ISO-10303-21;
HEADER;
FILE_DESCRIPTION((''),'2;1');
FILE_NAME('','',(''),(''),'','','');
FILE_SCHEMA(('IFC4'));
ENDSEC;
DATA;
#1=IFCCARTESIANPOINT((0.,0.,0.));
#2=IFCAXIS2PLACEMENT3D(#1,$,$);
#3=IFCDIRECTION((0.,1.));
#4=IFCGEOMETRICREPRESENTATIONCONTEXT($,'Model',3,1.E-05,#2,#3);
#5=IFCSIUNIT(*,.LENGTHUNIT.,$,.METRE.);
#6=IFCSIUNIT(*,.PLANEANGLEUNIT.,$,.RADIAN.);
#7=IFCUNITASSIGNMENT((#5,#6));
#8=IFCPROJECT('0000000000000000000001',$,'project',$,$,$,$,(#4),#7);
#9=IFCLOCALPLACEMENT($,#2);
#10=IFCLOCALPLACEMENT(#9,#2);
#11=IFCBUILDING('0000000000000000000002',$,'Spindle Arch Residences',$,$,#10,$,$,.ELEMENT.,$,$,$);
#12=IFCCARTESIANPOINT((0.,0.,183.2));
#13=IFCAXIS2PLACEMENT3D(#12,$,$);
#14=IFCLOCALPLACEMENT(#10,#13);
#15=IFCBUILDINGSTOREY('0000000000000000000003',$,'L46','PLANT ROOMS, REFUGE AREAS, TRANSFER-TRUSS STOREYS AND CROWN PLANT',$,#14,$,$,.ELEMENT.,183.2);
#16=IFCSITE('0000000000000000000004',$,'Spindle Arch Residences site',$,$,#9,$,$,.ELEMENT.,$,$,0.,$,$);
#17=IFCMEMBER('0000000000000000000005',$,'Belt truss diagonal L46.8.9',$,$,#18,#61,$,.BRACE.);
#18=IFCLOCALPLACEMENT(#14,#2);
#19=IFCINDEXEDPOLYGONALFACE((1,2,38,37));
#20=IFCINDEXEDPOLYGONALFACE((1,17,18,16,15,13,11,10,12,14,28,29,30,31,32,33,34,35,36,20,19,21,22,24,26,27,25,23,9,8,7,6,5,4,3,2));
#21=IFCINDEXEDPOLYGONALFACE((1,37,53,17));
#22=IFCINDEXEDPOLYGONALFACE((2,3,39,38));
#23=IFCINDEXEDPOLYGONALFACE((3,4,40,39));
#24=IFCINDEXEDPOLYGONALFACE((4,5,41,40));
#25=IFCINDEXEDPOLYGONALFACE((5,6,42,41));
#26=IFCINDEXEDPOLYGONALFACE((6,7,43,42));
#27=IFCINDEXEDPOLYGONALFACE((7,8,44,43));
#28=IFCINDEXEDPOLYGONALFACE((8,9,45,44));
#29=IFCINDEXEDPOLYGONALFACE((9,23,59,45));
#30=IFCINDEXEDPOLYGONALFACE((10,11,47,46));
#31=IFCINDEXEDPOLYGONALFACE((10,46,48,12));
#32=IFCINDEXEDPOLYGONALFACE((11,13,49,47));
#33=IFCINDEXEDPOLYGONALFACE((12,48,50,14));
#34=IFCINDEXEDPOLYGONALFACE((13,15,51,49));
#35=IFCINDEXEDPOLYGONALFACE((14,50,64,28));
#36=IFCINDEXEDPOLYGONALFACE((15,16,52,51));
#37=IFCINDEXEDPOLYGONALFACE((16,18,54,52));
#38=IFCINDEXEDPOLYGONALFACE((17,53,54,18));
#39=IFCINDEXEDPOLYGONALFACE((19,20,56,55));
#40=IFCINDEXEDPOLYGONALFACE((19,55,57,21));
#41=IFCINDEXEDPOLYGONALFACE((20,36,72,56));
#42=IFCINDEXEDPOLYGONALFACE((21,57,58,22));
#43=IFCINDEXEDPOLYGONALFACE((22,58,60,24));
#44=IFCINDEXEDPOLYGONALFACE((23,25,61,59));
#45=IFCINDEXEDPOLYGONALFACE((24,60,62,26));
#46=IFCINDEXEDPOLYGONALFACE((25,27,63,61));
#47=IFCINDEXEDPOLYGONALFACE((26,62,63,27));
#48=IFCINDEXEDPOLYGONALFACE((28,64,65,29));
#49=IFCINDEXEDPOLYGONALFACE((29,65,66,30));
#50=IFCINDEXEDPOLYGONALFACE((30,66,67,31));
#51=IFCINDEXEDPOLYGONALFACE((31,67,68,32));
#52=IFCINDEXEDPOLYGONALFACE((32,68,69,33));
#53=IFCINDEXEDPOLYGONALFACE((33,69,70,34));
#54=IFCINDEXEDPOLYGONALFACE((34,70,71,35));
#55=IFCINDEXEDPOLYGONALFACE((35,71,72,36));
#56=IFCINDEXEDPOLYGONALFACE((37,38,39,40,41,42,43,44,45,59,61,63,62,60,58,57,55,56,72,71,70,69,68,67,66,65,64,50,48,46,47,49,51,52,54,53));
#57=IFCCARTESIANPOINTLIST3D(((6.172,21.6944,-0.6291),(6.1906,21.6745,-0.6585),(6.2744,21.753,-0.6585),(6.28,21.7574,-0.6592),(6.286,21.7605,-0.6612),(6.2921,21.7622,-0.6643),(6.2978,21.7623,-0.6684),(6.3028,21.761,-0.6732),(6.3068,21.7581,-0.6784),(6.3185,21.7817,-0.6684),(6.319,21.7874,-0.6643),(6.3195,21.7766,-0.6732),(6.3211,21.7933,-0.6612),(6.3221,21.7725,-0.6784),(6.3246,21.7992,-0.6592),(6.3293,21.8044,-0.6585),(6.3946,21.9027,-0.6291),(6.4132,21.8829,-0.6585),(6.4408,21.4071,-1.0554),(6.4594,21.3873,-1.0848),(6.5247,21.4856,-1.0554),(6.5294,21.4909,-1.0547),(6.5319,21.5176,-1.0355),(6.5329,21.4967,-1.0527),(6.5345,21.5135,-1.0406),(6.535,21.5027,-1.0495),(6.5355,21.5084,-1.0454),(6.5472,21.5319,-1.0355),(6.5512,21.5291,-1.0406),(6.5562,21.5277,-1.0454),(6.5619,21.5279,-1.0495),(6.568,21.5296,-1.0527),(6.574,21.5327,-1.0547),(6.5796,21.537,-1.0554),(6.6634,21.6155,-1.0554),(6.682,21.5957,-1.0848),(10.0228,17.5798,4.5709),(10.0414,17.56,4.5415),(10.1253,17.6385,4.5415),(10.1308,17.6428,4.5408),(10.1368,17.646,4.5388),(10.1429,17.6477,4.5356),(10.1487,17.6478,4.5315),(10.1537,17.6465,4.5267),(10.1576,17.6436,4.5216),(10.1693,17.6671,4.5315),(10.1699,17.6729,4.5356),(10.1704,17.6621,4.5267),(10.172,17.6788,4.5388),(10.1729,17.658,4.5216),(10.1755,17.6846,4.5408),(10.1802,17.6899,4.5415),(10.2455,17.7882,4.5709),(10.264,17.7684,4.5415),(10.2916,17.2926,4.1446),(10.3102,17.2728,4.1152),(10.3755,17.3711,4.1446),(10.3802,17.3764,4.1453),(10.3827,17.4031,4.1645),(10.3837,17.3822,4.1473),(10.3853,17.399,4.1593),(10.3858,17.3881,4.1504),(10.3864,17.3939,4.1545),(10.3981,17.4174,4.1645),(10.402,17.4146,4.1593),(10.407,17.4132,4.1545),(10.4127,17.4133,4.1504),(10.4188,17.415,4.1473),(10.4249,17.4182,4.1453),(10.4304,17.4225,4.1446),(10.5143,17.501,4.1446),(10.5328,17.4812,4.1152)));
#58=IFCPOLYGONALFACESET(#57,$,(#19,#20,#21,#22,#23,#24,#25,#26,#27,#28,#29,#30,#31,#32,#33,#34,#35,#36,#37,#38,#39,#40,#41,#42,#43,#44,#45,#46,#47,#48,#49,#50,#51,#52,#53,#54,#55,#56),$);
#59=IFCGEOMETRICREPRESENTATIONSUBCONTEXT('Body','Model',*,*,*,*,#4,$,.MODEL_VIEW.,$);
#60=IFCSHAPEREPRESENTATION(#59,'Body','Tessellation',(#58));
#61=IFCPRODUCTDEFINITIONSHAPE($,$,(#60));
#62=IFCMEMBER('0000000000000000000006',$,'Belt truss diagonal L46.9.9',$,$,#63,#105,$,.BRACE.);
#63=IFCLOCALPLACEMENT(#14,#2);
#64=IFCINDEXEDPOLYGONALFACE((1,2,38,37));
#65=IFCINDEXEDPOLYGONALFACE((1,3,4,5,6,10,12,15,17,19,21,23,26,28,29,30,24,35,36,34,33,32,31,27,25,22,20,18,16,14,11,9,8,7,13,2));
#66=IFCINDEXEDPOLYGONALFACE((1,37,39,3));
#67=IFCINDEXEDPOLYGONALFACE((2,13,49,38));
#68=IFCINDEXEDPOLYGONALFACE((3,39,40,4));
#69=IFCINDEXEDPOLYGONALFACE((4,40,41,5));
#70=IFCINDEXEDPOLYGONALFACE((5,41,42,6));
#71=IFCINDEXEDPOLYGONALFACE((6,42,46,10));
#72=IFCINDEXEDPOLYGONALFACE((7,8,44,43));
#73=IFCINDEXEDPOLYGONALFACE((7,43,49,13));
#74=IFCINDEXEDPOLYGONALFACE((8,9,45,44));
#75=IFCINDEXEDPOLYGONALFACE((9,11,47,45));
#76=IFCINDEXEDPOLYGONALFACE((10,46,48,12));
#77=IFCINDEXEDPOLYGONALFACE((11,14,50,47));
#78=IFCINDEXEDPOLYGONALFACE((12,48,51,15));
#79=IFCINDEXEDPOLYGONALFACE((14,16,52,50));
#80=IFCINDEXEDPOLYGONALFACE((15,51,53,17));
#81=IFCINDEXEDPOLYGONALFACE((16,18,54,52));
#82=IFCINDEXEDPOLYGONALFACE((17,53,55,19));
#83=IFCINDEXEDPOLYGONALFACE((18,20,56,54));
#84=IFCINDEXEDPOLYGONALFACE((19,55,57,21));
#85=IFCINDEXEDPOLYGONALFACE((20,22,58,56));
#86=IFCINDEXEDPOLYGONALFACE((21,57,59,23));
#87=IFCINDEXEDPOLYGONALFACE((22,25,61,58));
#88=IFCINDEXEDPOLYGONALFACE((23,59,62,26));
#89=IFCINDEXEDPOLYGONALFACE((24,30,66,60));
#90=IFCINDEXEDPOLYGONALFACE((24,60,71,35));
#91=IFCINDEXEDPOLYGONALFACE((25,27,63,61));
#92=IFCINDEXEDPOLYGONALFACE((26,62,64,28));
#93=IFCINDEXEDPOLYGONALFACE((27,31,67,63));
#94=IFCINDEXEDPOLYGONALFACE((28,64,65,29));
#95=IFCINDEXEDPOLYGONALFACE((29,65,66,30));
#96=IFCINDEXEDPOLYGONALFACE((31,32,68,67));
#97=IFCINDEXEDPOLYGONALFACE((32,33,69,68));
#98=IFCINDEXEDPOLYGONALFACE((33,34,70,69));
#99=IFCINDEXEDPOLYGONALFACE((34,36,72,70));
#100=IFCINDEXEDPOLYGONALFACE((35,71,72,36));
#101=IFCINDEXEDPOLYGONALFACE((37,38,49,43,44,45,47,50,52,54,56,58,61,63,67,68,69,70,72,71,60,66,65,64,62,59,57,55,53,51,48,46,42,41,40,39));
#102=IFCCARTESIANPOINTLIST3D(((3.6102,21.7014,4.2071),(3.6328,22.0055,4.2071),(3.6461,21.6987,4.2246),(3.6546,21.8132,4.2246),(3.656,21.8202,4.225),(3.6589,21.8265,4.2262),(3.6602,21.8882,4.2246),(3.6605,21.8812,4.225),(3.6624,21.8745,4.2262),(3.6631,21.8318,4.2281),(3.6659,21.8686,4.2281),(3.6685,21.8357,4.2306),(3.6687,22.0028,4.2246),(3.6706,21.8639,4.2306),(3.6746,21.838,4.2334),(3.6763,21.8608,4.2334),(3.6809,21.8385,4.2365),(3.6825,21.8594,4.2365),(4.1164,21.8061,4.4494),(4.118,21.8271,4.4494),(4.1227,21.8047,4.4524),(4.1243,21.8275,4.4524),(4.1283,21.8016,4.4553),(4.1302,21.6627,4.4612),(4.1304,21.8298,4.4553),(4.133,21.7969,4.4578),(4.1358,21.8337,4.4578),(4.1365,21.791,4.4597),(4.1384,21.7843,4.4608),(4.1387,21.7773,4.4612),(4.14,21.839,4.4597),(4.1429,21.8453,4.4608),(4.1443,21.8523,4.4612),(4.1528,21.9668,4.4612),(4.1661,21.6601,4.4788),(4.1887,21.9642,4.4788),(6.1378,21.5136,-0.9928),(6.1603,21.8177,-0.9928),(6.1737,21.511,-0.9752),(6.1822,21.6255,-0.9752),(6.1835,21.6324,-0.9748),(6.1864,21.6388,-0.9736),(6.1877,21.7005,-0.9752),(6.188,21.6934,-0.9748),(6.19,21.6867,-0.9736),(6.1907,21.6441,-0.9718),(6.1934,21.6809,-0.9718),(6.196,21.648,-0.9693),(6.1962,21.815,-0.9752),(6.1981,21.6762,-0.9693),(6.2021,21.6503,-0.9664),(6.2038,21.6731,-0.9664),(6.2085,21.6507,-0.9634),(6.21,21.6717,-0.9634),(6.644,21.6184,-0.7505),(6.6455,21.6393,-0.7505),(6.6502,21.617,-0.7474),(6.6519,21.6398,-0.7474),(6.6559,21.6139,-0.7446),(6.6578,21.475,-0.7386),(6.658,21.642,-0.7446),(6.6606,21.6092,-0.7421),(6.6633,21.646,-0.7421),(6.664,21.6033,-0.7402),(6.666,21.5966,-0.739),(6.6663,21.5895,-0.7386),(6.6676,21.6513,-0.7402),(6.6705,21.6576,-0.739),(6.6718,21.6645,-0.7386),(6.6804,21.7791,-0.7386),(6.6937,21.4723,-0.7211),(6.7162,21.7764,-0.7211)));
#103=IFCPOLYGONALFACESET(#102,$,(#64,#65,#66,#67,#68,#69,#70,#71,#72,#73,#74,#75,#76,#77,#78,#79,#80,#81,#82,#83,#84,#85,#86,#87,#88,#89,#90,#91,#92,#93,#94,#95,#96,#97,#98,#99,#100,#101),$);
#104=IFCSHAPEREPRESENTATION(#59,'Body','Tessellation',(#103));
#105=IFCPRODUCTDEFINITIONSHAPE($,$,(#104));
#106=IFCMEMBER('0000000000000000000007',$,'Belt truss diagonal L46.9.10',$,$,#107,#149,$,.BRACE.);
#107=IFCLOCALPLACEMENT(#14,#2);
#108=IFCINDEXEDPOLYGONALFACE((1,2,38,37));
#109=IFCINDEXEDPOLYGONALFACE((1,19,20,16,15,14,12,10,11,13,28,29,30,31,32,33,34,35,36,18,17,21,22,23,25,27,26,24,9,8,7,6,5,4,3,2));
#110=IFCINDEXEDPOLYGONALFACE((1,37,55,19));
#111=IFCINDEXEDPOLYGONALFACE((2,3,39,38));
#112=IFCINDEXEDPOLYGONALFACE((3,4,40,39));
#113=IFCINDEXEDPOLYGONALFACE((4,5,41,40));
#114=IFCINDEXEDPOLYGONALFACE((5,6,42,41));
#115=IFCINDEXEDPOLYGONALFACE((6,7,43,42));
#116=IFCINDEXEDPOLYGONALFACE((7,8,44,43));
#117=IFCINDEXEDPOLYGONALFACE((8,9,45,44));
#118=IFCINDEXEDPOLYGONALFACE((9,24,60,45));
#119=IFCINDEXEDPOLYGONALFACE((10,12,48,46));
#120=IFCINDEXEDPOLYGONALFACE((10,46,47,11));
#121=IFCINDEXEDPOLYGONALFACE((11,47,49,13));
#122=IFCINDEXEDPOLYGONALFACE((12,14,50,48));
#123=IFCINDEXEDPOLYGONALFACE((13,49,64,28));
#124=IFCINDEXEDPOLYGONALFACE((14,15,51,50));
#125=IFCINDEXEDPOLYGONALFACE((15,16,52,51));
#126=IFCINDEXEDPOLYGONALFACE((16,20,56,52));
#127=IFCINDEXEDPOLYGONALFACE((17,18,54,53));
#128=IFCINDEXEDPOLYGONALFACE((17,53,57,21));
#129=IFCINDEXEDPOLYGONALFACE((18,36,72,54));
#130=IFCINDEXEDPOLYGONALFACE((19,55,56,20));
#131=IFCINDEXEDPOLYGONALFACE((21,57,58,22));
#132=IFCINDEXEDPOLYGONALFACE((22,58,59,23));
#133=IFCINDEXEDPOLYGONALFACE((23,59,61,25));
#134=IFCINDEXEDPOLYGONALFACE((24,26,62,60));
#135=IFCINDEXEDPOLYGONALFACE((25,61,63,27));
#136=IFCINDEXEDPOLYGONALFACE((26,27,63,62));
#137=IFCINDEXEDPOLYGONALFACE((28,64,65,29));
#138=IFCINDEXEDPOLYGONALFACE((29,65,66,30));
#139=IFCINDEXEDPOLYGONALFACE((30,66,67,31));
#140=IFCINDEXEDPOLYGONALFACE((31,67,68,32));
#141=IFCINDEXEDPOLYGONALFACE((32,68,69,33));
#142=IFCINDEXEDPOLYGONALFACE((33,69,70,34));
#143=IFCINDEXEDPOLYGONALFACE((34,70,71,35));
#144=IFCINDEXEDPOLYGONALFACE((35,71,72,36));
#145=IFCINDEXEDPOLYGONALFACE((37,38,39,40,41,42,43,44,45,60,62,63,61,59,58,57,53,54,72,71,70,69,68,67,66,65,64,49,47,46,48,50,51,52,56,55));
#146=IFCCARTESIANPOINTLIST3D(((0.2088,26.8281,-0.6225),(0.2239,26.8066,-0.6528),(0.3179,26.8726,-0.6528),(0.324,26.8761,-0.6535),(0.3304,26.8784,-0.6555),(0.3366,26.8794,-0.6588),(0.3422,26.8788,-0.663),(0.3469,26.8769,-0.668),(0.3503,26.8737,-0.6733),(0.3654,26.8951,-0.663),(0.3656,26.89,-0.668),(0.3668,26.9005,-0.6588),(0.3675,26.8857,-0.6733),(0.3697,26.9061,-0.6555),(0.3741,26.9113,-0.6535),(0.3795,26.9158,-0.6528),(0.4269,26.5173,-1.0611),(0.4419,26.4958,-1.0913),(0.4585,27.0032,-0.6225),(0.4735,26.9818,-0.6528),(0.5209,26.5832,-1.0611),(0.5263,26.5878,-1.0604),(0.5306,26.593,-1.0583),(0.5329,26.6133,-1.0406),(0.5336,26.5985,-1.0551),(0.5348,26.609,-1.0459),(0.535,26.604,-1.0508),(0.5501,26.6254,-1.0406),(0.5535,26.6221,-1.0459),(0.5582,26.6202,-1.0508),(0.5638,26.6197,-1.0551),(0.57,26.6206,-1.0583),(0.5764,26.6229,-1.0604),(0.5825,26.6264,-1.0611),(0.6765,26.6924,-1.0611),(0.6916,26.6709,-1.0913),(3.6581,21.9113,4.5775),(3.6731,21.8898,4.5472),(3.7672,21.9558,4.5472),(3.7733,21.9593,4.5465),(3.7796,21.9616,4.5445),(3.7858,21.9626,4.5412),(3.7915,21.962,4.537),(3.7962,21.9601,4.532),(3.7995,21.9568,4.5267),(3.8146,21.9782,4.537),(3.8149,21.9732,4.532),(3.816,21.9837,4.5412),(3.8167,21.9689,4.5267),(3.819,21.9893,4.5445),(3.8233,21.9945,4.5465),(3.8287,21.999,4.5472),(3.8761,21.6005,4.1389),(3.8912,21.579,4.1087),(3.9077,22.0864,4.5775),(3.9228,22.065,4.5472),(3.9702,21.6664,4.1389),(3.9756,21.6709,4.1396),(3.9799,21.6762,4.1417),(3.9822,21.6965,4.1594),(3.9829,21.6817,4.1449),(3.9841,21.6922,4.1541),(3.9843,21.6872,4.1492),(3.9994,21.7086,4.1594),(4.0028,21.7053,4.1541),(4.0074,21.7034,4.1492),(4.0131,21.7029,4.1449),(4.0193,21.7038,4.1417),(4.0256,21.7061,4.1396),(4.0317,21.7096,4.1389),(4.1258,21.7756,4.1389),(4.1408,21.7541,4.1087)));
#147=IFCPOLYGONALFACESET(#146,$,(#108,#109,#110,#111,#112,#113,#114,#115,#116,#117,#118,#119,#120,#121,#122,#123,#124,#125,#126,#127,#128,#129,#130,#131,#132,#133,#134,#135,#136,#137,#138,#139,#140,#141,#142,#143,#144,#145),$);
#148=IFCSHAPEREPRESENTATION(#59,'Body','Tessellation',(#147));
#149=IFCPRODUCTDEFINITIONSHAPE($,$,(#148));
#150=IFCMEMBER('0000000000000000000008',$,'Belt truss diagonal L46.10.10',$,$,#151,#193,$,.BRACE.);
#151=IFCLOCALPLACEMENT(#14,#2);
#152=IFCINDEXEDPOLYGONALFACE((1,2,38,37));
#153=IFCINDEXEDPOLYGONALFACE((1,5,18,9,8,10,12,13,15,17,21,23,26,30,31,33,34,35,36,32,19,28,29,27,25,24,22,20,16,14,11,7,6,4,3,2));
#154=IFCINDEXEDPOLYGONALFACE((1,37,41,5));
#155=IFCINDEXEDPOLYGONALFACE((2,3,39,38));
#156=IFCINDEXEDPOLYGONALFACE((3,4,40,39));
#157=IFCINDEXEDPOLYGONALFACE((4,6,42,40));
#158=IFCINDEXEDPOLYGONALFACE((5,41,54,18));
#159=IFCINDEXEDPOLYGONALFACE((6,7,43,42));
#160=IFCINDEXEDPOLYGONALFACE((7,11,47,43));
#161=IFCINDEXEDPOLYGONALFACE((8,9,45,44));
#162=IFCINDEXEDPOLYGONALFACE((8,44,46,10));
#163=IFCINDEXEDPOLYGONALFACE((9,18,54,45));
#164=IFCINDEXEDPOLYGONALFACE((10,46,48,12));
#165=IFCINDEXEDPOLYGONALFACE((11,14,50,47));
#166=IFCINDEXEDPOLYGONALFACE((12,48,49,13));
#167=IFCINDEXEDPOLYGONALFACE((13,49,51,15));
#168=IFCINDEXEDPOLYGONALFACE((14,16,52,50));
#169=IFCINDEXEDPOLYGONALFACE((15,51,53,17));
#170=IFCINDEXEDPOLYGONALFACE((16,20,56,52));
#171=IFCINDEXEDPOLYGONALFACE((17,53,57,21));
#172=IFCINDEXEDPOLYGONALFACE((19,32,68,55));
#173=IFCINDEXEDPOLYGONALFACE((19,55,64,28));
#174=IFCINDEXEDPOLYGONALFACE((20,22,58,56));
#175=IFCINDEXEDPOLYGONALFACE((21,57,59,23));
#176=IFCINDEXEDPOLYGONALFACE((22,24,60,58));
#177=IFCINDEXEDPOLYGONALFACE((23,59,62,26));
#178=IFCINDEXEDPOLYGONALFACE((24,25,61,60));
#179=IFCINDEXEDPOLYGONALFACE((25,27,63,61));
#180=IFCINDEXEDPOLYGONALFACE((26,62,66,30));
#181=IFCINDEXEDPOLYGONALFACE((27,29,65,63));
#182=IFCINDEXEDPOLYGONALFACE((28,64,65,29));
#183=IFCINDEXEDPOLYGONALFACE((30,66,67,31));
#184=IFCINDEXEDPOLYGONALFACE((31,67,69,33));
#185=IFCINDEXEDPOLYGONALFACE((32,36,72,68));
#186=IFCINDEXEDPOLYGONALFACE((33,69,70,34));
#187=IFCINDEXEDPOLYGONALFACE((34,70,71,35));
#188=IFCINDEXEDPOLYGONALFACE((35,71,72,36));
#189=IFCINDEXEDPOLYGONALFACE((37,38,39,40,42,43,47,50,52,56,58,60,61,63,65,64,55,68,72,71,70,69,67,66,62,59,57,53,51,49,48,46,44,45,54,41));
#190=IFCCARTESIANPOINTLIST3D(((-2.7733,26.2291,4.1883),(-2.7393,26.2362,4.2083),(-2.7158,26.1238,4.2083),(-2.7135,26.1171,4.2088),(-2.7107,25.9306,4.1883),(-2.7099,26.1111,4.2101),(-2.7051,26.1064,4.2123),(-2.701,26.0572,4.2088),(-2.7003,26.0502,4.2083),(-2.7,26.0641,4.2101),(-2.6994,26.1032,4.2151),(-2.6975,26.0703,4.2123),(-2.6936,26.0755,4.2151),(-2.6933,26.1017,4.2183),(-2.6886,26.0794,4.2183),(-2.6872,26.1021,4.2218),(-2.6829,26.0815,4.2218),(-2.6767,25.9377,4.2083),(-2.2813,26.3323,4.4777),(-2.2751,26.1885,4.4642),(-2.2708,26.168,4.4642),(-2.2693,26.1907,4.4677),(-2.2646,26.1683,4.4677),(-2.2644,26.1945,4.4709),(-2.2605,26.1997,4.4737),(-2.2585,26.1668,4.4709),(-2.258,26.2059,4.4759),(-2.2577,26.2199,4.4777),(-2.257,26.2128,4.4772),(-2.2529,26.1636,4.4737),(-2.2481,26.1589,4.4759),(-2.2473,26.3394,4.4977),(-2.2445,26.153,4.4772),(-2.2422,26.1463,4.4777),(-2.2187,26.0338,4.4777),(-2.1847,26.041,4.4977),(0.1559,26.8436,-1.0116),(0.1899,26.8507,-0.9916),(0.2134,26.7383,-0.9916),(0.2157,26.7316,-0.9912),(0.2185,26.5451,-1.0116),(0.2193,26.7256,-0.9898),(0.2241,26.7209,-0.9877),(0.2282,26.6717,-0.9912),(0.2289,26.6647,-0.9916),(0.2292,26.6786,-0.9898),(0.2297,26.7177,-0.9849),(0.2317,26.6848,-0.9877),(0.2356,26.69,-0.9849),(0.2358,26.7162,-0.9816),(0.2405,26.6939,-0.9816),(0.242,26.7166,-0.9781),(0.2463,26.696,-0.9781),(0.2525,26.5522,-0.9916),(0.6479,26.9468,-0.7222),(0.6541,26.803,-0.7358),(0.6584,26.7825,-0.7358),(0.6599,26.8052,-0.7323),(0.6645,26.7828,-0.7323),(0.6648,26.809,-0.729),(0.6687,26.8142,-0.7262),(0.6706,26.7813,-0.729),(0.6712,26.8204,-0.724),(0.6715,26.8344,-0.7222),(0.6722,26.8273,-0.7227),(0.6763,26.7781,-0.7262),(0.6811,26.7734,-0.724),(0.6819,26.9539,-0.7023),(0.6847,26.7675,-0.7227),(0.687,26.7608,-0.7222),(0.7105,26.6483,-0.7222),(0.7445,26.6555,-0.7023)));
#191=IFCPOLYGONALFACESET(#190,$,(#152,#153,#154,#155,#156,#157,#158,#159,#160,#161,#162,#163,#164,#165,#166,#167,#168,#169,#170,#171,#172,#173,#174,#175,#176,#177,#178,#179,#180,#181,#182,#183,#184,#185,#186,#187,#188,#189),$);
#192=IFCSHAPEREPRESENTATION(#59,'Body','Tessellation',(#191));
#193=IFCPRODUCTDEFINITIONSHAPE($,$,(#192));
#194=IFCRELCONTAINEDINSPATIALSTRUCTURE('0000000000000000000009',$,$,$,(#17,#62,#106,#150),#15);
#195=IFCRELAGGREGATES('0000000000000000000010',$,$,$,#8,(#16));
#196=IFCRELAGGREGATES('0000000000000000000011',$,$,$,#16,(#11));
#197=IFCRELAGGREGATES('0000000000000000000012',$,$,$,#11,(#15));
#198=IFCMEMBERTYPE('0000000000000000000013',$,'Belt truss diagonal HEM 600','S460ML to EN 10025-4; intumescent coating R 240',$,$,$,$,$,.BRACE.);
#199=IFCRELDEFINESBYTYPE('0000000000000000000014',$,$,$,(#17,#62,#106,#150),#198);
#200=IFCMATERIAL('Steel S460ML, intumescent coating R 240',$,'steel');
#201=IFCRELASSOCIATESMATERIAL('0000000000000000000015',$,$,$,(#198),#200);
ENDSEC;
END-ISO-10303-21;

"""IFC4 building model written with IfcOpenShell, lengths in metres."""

from ifc_helpers import new_model, si_unit, direction, frame, origin, origin_2d, place, context, subcontext, project, spatial, i_section, extrude, material, material_profile, profile_set, type_object, element, save


model = new_model("IFC4")

# Units and contexts
model_context = context("Model", 3, precision=1e-05, world=origin(), true_north=direction((0.0, 1.0)))
body_context = subcontext(model_context, "Body", "Model", "MODEL_VIEW")
ifc_project = project(units=[si_unit("LENGTHUNIT", "METRE"), si_unit("PLANEANGLEUNIT", "RADIAN")], contexts=[model_context])

# Site, building, storey
site_placement = place(None, origin())
site = spatial("IfcSite", under=ifc_project, at=site_placement, Name="Spindle Arch Residences site", CompositionType="ELEMENT", RefElevation=0.0)
building_placement = place(site_placement, origin())
building = spatial("IfcBuilding", under=site, at=building_placement, Name="Spindle Arch Residences", CompositionType="ELEMENT")
storey_placement = place(building_placement, frame((0.0, 0.0, 183.2)))
storey = spatial("IfcBuildingStorey", under=building, at=storey_placement, Name="L46", Description="PLANT ROOMS, REFUGE AREAS, TRANSFER-TRUSS STOREYS AND CROWN PLANT", CompositionType="ELEMENT", Elevation=183.2)

# Members
ifc_material_1 = material(Name="Steel S460ML, intumescent coating R 240", Category="steel")
ifc_material_profile_1 = material_profile(ifc_material_1, i_section(OverallWidth=0.3049, OverallDepth=0.6201, WebThickness=0.021, FlangeThickness=0.04, FilletRadius=0.0271, at=origin_2d()), Name="HEM 600")
ifc_profile_set_1 = profile_set([ifc_material_profile_1], Name="Steel S460ML, intumescent coating R 240")
member_type_1 = type_object("IfcMemberType", Name="Belt truss diagonal HEM 600", Description="S460ML to EN 10025-4; intumescent coating R 240", PredefinedType="BRACE", material=ifc_profile_set_1)
member_1_placement = place(storey_placement, frame((6.427, 21.645, -0.8569), z_axis=(0.502198, -0.536584, 0.678141), x_axis=(0.730114, 0.683326, 0.0)))
element("IfcMember", 1, at=member_1_placement, inside=storey, type_object=member_type_1, Name="Belt truss diagonal L46.8.9", PredefinedType="BRACE", context=body_context, shape_type="SweptSolid", body=[
    extrude(i_section(OverallWidth=0.3049, OverallDepth=0.6201, WebThickness=0.021, FlangeThickness=0.04, FilletRadius=0.0271, at=origin_2d()), origin(), (0.0, 0.0, 1.0), 7.668),
])
member_2_placement = place(storey_placement, frame((6.427, 21.645, -0.8569), z_axis=(-0.436939, 0.032455, 0.898905), x_axis=(-0.074074, -0.997253, 0.0)))
element("IfcMember", 2, at=member_2_placement, inside=storey, type_object=member_type_1, Name="Belt truss diagonal L46.9.9", PredefinedType="BRACE", context=body_context, shape_type="SweptSolid", body=[
    extrude(i_section(OverallWidth=0.3049, OverallDepth=0.6201, WebThickness=0.021, FlangeThickness=0.04, FilletRadius=0.0271, at=origin_2d()), origin(), (0.0, 0.0, 1.0), 5.7847),
])
member_3_placement = place(storey_placement, frame((0.4502, 26.7495, -0.8569), z_axis=(0.434178, -0.618907, 0.654556), x_axis=(0.818645, 0.5743, 0.0)))
element("IfcMember", 3, at=member_3_placement, inside=storey, type_object=member_type_1, Name="Belt truss diagonal L46.9.10", PredefinedType="BRACE", context=body_context, shape_type="SweptSolid", body=[
    extrude(i_section(OverallWidth=0.3049, OverallDepth=0.6201, WebThickness=0.021, FlangeThickness=0.04, FilletRadius=0.0271, at=origin_2d()), origin(), (0.0, 0.0, 1.0), 7.9443),
])
member_4_placement = place(storey_placement, frame((0.4502, 26.7495, -0.8569), z_axis=(-0.488218, -0.102421, 0.866691), x_axis=(0.205316, -0.978696, 0.0)))
element("IfcMember", 4, at=member_4_placement, inside=storey, type_object=member_type_1, Name="Belt truss diagonal L46.10.10", PredefinedType="BRACE", context=body_context, shape_type="SweptSolid", body=[
    extrude(i_section(OverallWidth=0.3049, OverallDepth=0.6201, WebThickness=0.021, FlangeThickness=0.04, FilletRadius=0.0271, at=origin_2d()), origin(), (0.0, 0.0, 1.0), 5.9998),
])

save(model, "model.ifc")
